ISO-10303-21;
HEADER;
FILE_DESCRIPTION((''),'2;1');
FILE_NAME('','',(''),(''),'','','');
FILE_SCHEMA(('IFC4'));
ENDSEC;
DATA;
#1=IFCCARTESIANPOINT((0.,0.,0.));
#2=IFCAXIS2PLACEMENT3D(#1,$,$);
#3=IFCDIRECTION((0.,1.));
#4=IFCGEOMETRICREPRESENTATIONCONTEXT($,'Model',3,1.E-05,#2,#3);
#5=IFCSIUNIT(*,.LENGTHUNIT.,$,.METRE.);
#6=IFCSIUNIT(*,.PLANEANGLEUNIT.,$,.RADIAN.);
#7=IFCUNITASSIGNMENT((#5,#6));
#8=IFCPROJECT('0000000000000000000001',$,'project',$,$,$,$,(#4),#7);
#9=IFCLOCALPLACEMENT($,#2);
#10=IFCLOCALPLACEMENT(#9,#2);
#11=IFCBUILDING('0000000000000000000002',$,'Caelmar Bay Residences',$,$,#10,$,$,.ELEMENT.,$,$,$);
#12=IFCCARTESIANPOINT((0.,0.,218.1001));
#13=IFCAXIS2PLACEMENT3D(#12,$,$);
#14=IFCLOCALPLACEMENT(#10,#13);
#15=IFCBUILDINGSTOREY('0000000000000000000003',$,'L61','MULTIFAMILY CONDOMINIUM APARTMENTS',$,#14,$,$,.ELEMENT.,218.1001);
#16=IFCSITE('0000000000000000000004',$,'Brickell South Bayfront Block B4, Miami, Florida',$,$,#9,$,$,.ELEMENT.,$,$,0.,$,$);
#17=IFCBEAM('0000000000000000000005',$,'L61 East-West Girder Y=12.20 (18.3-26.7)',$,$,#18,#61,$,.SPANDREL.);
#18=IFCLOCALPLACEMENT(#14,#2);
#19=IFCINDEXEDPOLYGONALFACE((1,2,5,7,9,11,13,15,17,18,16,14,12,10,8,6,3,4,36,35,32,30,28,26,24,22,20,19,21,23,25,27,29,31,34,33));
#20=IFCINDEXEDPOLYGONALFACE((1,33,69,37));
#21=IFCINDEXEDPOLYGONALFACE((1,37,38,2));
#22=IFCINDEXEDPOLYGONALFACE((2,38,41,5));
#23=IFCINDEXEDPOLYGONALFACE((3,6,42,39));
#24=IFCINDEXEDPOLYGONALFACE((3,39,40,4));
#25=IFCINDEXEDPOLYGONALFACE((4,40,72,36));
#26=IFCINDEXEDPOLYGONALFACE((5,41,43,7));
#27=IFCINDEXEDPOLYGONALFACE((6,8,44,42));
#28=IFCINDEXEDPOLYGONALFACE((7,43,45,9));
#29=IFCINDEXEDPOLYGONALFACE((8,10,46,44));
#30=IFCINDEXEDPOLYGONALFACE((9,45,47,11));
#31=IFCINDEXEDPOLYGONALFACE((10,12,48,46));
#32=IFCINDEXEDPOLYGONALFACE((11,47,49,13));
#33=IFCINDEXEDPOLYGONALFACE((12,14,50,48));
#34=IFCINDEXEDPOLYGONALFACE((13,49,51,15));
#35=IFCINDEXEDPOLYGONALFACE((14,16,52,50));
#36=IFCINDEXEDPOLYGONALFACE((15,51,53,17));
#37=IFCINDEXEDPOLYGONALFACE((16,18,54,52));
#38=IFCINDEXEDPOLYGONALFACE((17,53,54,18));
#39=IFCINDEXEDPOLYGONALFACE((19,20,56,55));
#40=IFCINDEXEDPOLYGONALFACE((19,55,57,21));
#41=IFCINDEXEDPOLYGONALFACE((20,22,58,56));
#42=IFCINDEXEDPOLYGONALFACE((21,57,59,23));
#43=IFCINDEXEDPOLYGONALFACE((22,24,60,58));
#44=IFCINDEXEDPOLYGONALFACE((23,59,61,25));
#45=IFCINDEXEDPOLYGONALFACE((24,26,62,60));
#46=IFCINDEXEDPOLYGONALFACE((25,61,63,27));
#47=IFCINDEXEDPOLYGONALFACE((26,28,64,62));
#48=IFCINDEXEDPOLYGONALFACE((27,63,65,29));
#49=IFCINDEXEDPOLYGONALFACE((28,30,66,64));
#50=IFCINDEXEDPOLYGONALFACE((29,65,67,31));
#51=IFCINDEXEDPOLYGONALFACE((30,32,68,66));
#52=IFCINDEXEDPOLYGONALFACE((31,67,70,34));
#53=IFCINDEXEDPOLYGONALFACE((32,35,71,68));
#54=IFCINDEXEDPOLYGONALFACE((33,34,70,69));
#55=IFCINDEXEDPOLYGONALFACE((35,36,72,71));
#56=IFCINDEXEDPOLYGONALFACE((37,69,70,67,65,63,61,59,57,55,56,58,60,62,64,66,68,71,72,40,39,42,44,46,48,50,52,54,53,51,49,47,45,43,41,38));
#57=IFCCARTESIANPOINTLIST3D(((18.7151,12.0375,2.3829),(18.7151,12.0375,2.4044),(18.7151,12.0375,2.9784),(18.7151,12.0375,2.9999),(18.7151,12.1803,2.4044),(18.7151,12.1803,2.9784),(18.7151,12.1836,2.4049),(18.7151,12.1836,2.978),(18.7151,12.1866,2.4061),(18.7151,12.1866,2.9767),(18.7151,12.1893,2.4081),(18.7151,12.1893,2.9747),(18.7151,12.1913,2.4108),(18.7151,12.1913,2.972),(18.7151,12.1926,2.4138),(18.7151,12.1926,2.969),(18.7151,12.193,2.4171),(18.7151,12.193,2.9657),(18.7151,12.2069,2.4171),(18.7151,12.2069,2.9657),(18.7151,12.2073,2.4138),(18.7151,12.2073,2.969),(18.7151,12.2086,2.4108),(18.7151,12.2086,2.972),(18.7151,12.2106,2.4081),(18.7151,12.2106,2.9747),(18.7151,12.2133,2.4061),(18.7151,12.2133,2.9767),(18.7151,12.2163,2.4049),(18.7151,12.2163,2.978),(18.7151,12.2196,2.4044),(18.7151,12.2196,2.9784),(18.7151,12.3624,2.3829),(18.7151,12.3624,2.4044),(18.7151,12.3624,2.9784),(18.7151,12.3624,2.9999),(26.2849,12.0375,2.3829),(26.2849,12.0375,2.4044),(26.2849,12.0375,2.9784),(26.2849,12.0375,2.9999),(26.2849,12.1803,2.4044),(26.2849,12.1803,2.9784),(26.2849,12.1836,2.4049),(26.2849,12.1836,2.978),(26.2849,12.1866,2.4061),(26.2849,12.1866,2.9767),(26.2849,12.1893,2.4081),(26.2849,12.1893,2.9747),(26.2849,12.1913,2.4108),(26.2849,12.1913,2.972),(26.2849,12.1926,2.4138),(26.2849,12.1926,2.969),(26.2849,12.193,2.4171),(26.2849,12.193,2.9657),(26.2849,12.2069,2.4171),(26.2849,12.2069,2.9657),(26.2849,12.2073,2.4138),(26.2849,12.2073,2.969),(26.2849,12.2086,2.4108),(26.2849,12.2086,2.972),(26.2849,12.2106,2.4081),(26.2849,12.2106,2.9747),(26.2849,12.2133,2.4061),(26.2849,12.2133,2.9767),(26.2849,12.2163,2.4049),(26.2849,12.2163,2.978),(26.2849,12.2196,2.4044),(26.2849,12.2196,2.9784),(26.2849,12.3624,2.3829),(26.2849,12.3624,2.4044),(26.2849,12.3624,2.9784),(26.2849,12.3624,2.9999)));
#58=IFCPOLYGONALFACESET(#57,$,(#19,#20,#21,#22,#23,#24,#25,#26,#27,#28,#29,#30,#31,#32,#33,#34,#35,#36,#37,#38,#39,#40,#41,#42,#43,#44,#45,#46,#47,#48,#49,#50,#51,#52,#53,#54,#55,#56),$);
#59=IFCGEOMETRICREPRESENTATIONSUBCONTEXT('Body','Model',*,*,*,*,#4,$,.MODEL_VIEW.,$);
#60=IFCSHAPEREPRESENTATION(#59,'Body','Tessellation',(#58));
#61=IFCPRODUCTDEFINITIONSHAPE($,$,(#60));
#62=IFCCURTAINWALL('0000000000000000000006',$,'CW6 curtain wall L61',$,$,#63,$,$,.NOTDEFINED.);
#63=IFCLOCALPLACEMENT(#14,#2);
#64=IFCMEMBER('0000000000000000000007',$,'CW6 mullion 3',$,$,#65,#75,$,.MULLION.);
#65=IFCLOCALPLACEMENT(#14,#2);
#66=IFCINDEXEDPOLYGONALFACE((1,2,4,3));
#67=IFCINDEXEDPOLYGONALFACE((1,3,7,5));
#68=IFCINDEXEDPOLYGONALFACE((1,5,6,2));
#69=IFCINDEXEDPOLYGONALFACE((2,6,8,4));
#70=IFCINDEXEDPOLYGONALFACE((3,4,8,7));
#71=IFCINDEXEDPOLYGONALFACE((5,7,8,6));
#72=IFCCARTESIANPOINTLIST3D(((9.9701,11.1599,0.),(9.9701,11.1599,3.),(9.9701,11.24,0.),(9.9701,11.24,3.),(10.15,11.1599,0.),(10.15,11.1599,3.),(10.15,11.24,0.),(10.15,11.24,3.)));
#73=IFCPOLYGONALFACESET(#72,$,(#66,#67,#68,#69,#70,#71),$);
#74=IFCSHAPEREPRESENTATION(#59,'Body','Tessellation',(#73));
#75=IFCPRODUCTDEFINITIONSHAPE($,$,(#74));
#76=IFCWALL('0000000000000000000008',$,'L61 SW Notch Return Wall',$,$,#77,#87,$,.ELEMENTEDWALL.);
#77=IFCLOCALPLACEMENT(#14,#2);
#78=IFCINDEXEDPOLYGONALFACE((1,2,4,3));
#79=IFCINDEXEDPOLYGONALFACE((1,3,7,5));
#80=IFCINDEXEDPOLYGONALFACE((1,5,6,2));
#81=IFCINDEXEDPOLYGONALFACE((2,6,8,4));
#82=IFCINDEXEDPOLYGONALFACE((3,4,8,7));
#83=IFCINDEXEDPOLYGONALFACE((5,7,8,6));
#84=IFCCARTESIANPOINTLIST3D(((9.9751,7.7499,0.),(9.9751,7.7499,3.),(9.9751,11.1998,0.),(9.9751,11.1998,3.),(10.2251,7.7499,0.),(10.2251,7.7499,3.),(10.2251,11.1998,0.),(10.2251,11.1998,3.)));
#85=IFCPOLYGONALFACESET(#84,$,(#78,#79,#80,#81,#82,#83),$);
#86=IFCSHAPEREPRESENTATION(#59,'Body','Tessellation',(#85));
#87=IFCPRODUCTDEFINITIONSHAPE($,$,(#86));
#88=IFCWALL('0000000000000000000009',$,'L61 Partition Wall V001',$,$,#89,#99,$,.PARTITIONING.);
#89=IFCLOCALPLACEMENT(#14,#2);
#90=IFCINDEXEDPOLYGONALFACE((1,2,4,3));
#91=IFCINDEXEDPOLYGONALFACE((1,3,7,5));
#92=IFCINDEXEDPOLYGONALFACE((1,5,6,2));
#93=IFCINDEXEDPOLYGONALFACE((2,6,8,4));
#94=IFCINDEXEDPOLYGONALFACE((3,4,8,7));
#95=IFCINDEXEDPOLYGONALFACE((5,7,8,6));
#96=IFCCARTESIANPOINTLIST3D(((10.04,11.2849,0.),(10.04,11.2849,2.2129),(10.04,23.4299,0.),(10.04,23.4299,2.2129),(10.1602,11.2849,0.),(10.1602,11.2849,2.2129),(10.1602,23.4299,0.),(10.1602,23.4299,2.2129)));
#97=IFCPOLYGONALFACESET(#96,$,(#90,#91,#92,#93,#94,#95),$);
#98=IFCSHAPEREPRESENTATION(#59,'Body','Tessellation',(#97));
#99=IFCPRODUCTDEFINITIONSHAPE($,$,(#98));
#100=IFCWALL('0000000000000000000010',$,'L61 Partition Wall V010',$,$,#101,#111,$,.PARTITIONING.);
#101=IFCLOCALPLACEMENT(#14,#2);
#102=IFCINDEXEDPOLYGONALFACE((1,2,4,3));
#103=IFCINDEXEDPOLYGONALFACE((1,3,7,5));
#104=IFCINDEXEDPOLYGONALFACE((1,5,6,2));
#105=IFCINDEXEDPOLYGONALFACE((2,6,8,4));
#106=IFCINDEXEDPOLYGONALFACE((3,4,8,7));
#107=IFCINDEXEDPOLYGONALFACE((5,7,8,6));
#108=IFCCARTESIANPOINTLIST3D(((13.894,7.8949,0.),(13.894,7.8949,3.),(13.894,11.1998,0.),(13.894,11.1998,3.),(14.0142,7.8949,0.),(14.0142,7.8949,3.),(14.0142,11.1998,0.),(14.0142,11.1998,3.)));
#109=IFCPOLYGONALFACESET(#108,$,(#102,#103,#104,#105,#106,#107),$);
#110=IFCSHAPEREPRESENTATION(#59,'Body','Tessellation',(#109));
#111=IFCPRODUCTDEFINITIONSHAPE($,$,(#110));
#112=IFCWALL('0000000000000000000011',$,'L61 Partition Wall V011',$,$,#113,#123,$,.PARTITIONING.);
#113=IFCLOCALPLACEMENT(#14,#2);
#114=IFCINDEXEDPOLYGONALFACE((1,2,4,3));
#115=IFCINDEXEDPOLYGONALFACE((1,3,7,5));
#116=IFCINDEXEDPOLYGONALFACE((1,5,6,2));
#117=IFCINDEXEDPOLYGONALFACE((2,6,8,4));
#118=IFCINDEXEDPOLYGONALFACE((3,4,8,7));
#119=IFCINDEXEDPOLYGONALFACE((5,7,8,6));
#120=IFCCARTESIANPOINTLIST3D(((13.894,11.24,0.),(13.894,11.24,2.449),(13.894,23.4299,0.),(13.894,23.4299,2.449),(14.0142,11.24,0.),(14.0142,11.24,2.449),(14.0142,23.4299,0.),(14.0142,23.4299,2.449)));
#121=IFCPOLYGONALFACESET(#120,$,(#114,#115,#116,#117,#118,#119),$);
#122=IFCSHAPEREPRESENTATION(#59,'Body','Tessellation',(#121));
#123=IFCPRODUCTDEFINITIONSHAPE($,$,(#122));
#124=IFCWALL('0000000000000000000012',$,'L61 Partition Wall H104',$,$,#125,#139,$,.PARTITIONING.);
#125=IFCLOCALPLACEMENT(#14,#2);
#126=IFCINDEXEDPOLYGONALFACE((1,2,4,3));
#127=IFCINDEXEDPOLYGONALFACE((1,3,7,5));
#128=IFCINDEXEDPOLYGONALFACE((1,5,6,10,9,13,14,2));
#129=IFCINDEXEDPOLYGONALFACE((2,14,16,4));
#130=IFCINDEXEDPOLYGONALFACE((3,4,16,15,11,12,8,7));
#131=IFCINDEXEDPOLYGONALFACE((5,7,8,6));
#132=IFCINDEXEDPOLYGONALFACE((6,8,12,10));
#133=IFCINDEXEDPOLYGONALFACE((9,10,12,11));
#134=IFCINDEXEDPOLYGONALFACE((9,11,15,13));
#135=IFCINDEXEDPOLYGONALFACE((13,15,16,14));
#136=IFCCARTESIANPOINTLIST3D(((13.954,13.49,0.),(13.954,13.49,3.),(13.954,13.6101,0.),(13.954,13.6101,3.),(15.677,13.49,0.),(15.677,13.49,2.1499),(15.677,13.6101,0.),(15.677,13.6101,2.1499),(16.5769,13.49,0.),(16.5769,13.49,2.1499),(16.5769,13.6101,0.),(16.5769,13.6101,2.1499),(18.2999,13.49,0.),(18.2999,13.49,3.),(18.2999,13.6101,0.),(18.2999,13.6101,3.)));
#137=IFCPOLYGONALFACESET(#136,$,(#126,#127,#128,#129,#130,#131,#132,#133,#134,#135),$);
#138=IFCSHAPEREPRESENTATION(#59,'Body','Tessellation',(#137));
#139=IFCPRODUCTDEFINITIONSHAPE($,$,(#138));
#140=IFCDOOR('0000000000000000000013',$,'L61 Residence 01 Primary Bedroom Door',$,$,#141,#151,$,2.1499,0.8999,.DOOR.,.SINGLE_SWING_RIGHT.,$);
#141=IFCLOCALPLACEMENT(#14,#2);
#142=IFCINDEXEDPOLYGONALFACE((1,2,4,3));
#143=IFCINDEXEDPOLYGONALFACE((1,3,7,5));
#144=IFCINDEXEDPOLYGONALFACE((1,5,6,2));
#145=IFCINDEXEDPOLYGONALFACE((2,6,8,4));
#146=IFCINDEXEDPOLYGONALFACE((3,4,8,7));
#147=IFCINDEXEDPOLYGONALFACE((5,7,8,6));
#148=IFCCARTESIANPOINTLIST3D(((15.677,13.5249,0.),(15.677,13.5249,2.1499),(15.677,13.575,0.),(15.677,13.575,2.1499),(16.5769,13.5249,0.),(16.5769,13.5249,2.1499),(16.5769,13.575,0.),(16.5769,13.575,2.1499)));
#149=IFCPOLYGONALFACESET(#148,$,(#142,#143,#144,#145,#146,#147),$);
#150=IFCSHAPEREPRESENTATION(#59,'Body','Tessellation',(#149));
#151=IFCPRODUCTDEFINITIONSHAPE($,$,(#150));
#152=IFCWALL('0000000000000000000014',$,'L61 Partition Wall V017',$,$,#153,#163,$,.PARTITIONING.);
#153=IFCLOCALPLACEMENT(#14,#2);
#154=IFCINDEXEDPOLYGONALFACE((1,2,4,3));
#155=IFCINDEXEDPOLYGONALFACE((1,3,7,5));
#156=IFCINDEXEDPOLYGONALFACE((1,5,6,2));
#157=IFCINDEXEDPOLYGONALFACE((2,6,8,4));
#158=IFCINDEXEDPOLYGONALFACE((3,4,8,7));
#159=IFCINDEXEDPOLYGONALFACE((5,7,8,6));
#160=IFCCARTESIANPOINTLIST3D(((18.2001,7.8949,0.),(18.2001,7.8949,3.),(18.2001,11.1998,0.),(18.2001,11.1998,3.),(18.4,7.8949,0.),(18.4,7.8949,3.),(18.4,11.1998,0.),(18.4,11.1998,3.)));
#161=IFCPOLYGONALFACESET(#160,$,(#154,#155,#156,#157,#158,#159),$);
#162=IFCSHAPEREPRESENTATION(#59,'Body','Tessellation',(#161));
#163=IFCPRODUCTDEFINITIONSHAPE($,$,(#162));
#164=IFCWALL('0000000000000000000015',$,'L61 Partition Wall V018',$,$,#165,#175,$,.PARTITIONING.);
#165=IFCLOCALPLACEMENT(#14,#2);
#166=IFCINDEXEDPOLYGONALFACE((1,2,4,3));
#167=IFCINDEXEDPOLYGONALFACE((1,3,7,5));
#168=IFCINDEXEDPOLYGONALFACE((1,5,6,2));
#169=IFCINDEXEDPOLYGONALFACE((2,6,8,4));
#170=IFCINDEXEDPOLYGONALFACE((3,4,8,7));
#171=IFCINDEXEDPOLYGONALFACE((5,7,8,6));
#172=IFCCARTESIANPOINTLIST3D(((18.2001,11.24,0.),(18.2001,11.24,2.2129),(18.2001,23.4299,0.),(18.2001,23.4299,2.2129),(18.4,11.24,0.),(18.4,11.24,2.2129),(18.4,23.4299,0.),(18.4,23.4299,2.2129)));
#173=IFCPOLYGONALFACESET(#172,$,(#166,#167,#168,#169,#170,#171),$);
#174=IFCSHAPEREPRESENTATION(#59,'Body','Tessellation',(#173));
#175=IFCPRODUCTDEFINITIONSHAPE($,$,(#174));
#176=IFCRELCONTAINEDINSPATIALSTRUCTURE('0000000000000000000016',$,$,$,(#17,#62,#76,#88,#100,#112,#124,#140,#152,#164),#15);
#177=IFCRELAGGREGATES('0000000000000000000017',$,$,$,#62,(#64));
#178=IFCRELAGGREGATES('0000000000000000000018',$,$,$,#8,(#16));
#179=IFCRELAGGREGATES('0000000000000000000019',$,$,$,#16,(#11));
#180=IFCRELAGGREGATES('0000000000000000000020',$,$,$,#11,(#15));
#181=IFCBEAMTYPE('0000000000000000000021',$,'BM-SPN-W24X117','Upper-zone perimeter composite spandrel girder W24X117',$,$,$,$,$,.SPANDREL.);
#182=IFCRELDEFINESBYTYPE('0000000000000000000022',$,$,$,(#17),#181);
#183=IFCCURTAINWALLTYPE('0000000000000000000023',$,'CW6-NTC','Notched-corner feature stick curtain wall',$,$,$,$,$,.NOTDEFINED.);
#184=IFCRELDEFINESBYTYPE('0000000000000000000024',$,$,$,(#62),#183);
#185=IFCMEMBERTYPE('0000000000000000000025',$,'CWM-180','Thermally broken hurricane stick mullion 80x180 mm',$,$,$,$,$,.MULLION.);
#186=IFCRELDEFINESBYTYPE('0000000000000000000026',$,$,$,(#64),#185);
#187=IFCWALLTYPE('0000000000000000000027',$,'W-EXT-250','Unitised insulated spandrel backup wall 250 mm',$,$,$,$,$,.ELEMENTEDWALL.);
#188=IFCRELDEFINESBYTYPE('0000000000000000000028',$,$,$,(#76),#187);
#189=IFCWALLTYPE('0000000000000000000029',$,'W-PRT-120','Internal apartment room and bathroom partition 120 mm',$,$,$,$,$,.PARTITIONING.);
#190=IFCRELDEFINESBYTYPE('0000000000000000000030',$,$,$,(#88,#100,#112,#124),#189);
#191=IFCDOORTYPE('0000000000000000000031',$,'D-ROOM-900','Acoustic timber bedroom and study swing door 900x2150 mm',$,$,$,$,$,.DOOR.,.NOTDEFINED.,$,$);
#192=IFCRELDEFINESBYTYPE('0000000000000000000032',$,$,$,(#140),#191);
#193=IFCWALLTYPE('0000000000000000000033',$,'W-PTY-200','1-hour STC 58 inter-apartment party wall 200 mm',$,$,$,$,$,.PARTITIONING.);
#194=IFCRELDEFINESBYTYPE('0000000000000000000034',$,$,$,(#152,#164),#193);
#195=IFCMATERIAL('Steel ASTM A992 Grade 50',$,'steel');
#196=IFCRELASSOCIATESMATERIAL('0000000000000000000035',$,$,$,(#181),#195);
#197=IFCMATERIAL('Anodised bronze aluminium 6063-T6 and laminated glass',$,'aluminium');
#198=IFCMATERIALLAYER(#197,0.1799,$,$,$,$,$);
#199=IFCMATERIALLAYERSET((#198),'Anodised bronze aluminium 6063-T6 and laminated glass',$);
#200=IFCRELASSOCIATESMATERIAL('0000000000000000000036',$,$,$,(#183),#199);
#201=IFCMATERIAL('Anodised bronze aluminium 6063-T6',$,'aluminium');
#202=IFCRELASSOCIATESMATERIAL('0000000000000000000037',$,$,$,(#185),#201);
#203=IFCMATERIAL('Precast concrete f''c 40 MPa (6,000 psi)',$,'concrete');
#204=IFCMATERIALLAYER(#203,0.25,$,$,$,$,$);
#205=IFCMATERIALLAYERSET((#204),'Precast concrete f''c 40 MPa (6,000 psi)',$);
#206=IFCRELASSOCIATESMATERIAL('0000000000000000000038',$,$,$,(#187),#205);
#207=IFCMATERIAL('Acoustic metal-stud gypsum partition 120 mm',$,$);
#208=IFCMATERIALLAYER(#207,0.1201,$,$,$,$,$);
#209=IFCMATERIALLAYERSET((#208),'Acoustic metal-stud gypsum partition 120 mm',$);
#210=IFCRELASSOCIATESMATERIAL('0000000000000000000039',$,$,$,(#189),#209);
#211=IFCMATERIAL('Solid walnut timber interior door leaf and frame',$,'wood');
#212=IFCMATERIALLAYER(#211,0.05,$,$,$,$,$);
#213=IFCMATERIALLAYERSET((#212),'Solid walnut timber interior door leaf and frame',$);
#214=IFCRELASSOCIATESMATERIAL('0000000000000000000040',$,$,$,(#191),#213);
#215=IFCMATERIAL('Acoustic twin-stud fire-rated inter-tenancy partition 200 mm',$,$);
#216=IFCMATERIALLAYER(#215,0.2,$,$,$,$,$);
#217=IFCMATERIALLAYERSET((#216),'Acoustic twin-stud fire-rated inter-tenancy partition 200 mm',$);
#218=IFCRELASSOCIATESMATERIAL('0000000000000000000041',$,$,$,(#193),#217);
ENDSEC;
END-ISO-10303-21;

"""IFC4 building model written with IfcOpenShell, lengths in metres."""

from ifc_helpers import new_model, si_unit, direction, frame, frame_2d, origin, origin_2d, place, context, subcontext, project, spatial, rectangle, i_section, extrude, material, layer, layer_set, material_profile, profile_set, type_object, element, fill, aggregate, save


model = new_model("IFC4")

# Units and contexts
model_context = context("Model", 3, precision=1e-05, world=origin(), true_north=direction((0.0, 1.0)))
body_context = subcontext(model_context, "Body", "Model", "MODEL_VIEW")
ifc_project = project(units=[si_unit("LENGTHUNIT", "METRE"), si_unit("PLANEANGLEUNIT", "RADIAN")], contexts=[model_context])

# Site, building, storey
site_placement = place(None, origin())
site = spatial("IfcSite", under=ifc_project, at=site_placement, Name="Brickell South Bayfront Block B4, Miami, Florida", CompositionType="ELEMENT", RefElevation=0.0)
building_placement = place(site_placement, origin())
building = spatial("IfcBuilding", under=site, at=building_placement, Name="Caelmar Bay Residences", CompositionType="ELEMENT")
storey_placement = place(building_placement, frame((0.0, 0.0, 218.1001)))
storey = spatial("IfcBuildingStorey", under=building, at=storey_placement, Name="L61", Description="MULTIFAMILY CONDOMINIUM APARTMENTS", CompositionType="ELEMENT", Elevation=218.1001)

# Beam
ifc_material_1 = material(Name="Steel ASTM A992 Grade 50", Category="steel")
ifc_material_profile_1 = material_profile(ifc_material_1, i_section(OverallWidth=0.325, OverallDepth=0.6169, WebThickness=0.0139, FlangeThickness=0.0215, FilletRadius=0.0127, at=origin_2d()), Name="W24X117")
ifc_profile_set_1 = profile_set([ifc_material_profile_1], Name="Steel ASTM A992 Grade 50")
beam_type_1 = type_object("IfcBeamType", Name="BM-SPN-W24X117", Description="Upper-zone perimeter composite spandrel girder W24X117", PredefinedType="SPANDREL", material=ifc_profile_set_1)
beam_1_placement = place(storey_placement, frame((18.7151, 12.2, 2.6914), z_axis=(1.0, 0.0, 0.0), x_axis=(0.0, 1.0, 0.0)))
element("IfcBeam", 1, at=beam_1_placement, inside=storey, type_object=beam_type_1, Name="L61 East-West Girder Y=12.20 (18.3-26.7)", PredefinedType="SPANDREL", context=body_context, shape_type="SweptSolid", body=[
    extrude(i_section(OverallWidth=0.325, OverallDepth=0.6169, WebThickness=0.0139, FlangeThickness=0.0215, FilletRadius=0.0127, at=origin_2d()), origin(), (0.0, 0.0, 1.0), 7.5698),
])

# Curtain wall, member
ifc_material_2 = material(Name="Anodised bronze aluminium 6063-T6 and laminated glass", Category="aluminium")
ifc_layer_1 = layer(ifc_material_2, 0.1799)
ifc_layer_set_1 = layer_set([ifc_layer_1], Name="Anodised bronze aluminium 6063-T6 and laminated glass")
curtain_wall_type = type_object("IfcCurtainWallType", Name="CW6-NTC", Description="Notched-corner feature stick curtain wall", PredefinedType="NOTDEFINED", material=ifc_layer_set_1)
curtain_wall_placement = place(storey_placement, origin())
curtain_wall = element("IfcCurtainWall", 2, at=curtain_wall_placement, inside=storey, type_object=curtain_wall_type, Name="CW6 curtain wall L61", PredefinedType="NOTDEFINED")
ifc_material_3 = material(Name="Anodised bronze aluminium 6063-T6", Category="aluminium")
ifc_material_profile_2 = material_profile(ifc_material_3, rectangle(XDim=0.0801, YDim=0.1799, at=origin_2d()), Name="CWM-80X180")
ifc_profile_set_2 = profile_set([ifc_material_profile_2], Name="Anodised bronze aluminium 6063-T6")
member_type = type_object("IfcMemberType", Name="CWM-180", Description="Thermally broken hurricane stick mullion 80x180 mm", PredefinedType="MULLION", material=ifc_profile_set_2)
member_placement = place(storey_placement, frame((10.0601, 11.2, 0.0), z_axis=(0.0, 0.0, 1.0), x_axis=(0.0, 1.0, 0.0)))
member = element("IfcMember", 3, at=member_placement, type_object=member_type, Name="CW6 mullion 3", PredefinedType="MULLION", context=body_context, shape_type="SweptSolid", body=[
    extrude(rectangle(XDim=0.0801, YDim=0.1799, at=origin_2d()), origin(), (0.0, 0.0, 1.0), 3.0),
])
aggregate(curtain_wall, [member])

# Walls
ifc_material_4 = material(Name="Precast concrete f'c 40 MPa (6,000 psi)", Category="concrete")
ifc_layer_2 = layer(ifc_material_4, 0.25)
ifc_layer_set_2 = layer_set([ifc_layer_2], Name="Precast concrete f'c 40 MPa (6,000 psi)")
wall_type_1 = type_object("IfcWallType", Name="W-EXT-250", Description="Unitised insulated spandrel backup wall 250 mm", PredefinedType="ELEMENTEDWALL", material=ifc_layer_set_2)
wall_1_placement = place(storey_placement, frame((10.1001, 11.2, 0.0), z_axis=(0.0, 0.0, 1.0), x_axis=(0.0, -1.0, 0.0)))
element("IfcWall", 4, at=wall_1_placement, inside=storey, type_object=wall_type_1, Name="L61 SW Notch Return Wall", PredefinedType="ELEMENTEDWALL", context=body_context, shape_type="SweptSolid", body=[
    extrude(rectangle(XDim=3.45, YDim=0.25, at=frame_2d((1.7251, 0.0))), origin(), (0.0, 0.0, 1.0), 3.0),
])
ifc_material_5 = material(Name="Acoustic metal-stud gypsum partition 120 mm")
ifc_layer_3 = layer(ifc_material_5, 0.1201)
ifc_layer_set_3 = layer_set([ifc_layer_3], Name="Acoustic metal-stud gypsum partition 120 mm")
wall_type_2 = type_object("IfcWallType", Name="W-PRT-120", Description="Internal apartment room and bathroom partition 120 mm", PredefinedType="PARTITIONING", material=ifc_layer_set_3)
wall_2_placement = place(storey_placement, frame((10.1001, 11.2849, 0.0), z_axis=(0.0, 0.0, 1.0), x_axis=(0.0, 1.0, 0.0)))
element("IfcWall", 5, at=wall_2_placement, inside=storey, type_object=wall_type_2, Name="L61 Partition Wall V001", PredefinedType="PARTITIONING", context=body_context, shape_type="SweptSolid", body=[
    extrude(rectangle(XDim=12.145, YDim=0.1201, at=frame_2d((6.0725, 0.0))), origin(), (0.0, 0.0, 1.0), 2.2129),
])
wall_3_placement = place(storey_placement, frame((13.9541, 7.895, 0.0), z_axis=(0.0, 0.0, 1.0), x_axis=(0.0, 1.0, 0.0)))
element("IfcWall", 6, at=wall_3_placement, inside=storey, type_object=wall_type_2, Name="L61 Partition Wall V010", PredefinedType="PARTITIONING", context=body_context, shape_type="SweptSolid", body=[
    extrude(rectangle(XDim=3.3049, YDim=0.1201, at=frame_2d((1.6523, 0.0))), origin(), (0.0, 0.0, 1.0), 3.0),
])
wall_4_placement = place(storey_placement, frame((13.9541, 11.24, 0.0), z_axis=(0.0, 0.0, 1.0), x_axis=(0.0, 1.0, 0.0)))
element("IfcWall", 7, at=wall_4_placement, inside=storey, type_object=wall_type_2, Name="L61 Partition Wall V011", PredefinedType="PARTITIONING", context=body_context, shape_type="SweptSolid", body=[
    extrude(rectangle(XDim=12.1899, YDim=0.1201, at=frame_2d((6.095, 0.0))), origin(), (0.0, 0.0, 1.0), 2.449),
])

# Wall, opening, door
wall_5_placement = place(storey_placement, frame((13.9541, 13.55, 0.0), z_axis=(0.0, 0.0, 1.0), x_axis=(1.0, 0.0, 0.0)))
wall_5 = element("IfcWall", 8, at=wall_5_placement, inside=storey, type_object=wall_type_2, Name="L61 Partition Wall H104", PredefinedType="PARTITIONING", context=body_context, shape_type="SweptSolid", body=[
    extrude(rectangle(XDim=4.3459, YDim=0.1201, at=frame_2d((2.1729, 0.0))), origin(), (0.0, 0.0, 1.0), 3.0),
])
opening_placement = place(wall_5_placement, frame((1.7229, 0.0, 0.0)))
opening = element("IfcOpeningElement", 9, at=opening_placement, cuts=wall_5, PredefinedType="OPENING", context=body_context, shape_type="SweptSolid", body=[
    extrude(rectangle(XDim=0.8999, YDim=2.1499, at=frame_2d((0.45, 1.075))), frame((0.0, 0.0701, 0.0), z_axis=(0.0, -1.0, 0.0), x_axis=(1.0, 0.0, 0.0)), (0.0, 0.0, 1.0), 0.1401),
])
ifc_material_6 = material(Name="Solid walnut timber interior door leaf and frame", Category="wood")
ifc_layer_4 = layer(ifc_material_6, 0.05)
ifc_layer_set_4 = layer_set([ifc_layer_4], Name="Solid walnut timber interior door leaf and frame")
door_type = type_object("IfcDoorType", Name="D-ROOM-900", Description="Acoustic timber bedroom and study swing door 900x2150 mm", OperationType="NOTDEFINED", PredefinedType="DOOR", material=ifc_layer_set_4)
door_placement = place(opening_placement, origin())
door = element("IfcDoor", 10, at=door_placement, inside=storey, type_object=door_type, Name="L61 Residence 01 Primary Bedroom Door", OperationType="SINGLE_SWING_RIGHT", OverallHeight=2.1499, OverallWidth=0.8999, PredefinedType="DOOR", context=body_context, shape_type="SweptSolid", body=[
    extrude(rectangle(XDim=0.8999, YDim=2.1499, at=frame_2d((0.45, 1.075))), frame((0.0, 0.0249, 0.0), z_axis=(0.0, -1.0, 0.0), x_axis=(1.0, 0.0, 0.0)), (0.0, 0.0, 1.0), 0.05),
])
fill(opening, door)

# Walls
ifc_material_7 = material(Name="Acoustic twin-stud fire-rated inter-tenancy partition 200 mm")
ifc_layer_5 = layer(ifc_material_7, 0.2)
ifc_layer_set_5 = layer_set([ifc_layer_5], Name="Acoustic twin-stud fire-rated inter-tenancy partition 200 mm")
wall_type_3 = type_object("IfcWallType", Name="W-PTY-200", Description="1-hour STC 58 inter-apartment party wall 200 mm", PredefinedType="PARTITIONING", material=ifc_layer_set_5)
wall_6_placement = place(storey_placement, frame((18.3, 7.895, 0.0), z_axis=(0.0, 0.0, 1.0), x_axis=(0.0, 1.0, 0.0)))
element("IfcWall", 11, at=wall_6_placement, inside=storey, type_object=wall_type_3, Name="L61 Partition Wall V017", PredefinedType="PARTITIONING", context=body_context, shape_type="SweptSolid", body=[
    extrude(rectangle(XDim=3.3049, YDim=0.2, at=frame_2d((1.6523, 0.0))), origin(), (0.0, 0.0, 1.0), 3.0),
])
wall_7_placement = place(storey_placement, frame((18.3, 11.24, 0.0), z_axis=(0.0, 0.0, 1.0), x_axis=(0.0, 1.0, 0.0)))
element("IfcWall", 12, at=wall_7_placement, inside=storey, type_object=wall_type_3, Name="L61 Partition Wall V018", PredefinedType="PARTITIONING", context=body_context, shape_type="SweptSolid", body=[
    extrude(rectangle(XDim=12.1899, YDim=0.2, at=frame_2d((6.095, 0.0))), origin(), (0.0, 0.0, 1.0), 2.2129),
])

save(model, "model.ifc")
